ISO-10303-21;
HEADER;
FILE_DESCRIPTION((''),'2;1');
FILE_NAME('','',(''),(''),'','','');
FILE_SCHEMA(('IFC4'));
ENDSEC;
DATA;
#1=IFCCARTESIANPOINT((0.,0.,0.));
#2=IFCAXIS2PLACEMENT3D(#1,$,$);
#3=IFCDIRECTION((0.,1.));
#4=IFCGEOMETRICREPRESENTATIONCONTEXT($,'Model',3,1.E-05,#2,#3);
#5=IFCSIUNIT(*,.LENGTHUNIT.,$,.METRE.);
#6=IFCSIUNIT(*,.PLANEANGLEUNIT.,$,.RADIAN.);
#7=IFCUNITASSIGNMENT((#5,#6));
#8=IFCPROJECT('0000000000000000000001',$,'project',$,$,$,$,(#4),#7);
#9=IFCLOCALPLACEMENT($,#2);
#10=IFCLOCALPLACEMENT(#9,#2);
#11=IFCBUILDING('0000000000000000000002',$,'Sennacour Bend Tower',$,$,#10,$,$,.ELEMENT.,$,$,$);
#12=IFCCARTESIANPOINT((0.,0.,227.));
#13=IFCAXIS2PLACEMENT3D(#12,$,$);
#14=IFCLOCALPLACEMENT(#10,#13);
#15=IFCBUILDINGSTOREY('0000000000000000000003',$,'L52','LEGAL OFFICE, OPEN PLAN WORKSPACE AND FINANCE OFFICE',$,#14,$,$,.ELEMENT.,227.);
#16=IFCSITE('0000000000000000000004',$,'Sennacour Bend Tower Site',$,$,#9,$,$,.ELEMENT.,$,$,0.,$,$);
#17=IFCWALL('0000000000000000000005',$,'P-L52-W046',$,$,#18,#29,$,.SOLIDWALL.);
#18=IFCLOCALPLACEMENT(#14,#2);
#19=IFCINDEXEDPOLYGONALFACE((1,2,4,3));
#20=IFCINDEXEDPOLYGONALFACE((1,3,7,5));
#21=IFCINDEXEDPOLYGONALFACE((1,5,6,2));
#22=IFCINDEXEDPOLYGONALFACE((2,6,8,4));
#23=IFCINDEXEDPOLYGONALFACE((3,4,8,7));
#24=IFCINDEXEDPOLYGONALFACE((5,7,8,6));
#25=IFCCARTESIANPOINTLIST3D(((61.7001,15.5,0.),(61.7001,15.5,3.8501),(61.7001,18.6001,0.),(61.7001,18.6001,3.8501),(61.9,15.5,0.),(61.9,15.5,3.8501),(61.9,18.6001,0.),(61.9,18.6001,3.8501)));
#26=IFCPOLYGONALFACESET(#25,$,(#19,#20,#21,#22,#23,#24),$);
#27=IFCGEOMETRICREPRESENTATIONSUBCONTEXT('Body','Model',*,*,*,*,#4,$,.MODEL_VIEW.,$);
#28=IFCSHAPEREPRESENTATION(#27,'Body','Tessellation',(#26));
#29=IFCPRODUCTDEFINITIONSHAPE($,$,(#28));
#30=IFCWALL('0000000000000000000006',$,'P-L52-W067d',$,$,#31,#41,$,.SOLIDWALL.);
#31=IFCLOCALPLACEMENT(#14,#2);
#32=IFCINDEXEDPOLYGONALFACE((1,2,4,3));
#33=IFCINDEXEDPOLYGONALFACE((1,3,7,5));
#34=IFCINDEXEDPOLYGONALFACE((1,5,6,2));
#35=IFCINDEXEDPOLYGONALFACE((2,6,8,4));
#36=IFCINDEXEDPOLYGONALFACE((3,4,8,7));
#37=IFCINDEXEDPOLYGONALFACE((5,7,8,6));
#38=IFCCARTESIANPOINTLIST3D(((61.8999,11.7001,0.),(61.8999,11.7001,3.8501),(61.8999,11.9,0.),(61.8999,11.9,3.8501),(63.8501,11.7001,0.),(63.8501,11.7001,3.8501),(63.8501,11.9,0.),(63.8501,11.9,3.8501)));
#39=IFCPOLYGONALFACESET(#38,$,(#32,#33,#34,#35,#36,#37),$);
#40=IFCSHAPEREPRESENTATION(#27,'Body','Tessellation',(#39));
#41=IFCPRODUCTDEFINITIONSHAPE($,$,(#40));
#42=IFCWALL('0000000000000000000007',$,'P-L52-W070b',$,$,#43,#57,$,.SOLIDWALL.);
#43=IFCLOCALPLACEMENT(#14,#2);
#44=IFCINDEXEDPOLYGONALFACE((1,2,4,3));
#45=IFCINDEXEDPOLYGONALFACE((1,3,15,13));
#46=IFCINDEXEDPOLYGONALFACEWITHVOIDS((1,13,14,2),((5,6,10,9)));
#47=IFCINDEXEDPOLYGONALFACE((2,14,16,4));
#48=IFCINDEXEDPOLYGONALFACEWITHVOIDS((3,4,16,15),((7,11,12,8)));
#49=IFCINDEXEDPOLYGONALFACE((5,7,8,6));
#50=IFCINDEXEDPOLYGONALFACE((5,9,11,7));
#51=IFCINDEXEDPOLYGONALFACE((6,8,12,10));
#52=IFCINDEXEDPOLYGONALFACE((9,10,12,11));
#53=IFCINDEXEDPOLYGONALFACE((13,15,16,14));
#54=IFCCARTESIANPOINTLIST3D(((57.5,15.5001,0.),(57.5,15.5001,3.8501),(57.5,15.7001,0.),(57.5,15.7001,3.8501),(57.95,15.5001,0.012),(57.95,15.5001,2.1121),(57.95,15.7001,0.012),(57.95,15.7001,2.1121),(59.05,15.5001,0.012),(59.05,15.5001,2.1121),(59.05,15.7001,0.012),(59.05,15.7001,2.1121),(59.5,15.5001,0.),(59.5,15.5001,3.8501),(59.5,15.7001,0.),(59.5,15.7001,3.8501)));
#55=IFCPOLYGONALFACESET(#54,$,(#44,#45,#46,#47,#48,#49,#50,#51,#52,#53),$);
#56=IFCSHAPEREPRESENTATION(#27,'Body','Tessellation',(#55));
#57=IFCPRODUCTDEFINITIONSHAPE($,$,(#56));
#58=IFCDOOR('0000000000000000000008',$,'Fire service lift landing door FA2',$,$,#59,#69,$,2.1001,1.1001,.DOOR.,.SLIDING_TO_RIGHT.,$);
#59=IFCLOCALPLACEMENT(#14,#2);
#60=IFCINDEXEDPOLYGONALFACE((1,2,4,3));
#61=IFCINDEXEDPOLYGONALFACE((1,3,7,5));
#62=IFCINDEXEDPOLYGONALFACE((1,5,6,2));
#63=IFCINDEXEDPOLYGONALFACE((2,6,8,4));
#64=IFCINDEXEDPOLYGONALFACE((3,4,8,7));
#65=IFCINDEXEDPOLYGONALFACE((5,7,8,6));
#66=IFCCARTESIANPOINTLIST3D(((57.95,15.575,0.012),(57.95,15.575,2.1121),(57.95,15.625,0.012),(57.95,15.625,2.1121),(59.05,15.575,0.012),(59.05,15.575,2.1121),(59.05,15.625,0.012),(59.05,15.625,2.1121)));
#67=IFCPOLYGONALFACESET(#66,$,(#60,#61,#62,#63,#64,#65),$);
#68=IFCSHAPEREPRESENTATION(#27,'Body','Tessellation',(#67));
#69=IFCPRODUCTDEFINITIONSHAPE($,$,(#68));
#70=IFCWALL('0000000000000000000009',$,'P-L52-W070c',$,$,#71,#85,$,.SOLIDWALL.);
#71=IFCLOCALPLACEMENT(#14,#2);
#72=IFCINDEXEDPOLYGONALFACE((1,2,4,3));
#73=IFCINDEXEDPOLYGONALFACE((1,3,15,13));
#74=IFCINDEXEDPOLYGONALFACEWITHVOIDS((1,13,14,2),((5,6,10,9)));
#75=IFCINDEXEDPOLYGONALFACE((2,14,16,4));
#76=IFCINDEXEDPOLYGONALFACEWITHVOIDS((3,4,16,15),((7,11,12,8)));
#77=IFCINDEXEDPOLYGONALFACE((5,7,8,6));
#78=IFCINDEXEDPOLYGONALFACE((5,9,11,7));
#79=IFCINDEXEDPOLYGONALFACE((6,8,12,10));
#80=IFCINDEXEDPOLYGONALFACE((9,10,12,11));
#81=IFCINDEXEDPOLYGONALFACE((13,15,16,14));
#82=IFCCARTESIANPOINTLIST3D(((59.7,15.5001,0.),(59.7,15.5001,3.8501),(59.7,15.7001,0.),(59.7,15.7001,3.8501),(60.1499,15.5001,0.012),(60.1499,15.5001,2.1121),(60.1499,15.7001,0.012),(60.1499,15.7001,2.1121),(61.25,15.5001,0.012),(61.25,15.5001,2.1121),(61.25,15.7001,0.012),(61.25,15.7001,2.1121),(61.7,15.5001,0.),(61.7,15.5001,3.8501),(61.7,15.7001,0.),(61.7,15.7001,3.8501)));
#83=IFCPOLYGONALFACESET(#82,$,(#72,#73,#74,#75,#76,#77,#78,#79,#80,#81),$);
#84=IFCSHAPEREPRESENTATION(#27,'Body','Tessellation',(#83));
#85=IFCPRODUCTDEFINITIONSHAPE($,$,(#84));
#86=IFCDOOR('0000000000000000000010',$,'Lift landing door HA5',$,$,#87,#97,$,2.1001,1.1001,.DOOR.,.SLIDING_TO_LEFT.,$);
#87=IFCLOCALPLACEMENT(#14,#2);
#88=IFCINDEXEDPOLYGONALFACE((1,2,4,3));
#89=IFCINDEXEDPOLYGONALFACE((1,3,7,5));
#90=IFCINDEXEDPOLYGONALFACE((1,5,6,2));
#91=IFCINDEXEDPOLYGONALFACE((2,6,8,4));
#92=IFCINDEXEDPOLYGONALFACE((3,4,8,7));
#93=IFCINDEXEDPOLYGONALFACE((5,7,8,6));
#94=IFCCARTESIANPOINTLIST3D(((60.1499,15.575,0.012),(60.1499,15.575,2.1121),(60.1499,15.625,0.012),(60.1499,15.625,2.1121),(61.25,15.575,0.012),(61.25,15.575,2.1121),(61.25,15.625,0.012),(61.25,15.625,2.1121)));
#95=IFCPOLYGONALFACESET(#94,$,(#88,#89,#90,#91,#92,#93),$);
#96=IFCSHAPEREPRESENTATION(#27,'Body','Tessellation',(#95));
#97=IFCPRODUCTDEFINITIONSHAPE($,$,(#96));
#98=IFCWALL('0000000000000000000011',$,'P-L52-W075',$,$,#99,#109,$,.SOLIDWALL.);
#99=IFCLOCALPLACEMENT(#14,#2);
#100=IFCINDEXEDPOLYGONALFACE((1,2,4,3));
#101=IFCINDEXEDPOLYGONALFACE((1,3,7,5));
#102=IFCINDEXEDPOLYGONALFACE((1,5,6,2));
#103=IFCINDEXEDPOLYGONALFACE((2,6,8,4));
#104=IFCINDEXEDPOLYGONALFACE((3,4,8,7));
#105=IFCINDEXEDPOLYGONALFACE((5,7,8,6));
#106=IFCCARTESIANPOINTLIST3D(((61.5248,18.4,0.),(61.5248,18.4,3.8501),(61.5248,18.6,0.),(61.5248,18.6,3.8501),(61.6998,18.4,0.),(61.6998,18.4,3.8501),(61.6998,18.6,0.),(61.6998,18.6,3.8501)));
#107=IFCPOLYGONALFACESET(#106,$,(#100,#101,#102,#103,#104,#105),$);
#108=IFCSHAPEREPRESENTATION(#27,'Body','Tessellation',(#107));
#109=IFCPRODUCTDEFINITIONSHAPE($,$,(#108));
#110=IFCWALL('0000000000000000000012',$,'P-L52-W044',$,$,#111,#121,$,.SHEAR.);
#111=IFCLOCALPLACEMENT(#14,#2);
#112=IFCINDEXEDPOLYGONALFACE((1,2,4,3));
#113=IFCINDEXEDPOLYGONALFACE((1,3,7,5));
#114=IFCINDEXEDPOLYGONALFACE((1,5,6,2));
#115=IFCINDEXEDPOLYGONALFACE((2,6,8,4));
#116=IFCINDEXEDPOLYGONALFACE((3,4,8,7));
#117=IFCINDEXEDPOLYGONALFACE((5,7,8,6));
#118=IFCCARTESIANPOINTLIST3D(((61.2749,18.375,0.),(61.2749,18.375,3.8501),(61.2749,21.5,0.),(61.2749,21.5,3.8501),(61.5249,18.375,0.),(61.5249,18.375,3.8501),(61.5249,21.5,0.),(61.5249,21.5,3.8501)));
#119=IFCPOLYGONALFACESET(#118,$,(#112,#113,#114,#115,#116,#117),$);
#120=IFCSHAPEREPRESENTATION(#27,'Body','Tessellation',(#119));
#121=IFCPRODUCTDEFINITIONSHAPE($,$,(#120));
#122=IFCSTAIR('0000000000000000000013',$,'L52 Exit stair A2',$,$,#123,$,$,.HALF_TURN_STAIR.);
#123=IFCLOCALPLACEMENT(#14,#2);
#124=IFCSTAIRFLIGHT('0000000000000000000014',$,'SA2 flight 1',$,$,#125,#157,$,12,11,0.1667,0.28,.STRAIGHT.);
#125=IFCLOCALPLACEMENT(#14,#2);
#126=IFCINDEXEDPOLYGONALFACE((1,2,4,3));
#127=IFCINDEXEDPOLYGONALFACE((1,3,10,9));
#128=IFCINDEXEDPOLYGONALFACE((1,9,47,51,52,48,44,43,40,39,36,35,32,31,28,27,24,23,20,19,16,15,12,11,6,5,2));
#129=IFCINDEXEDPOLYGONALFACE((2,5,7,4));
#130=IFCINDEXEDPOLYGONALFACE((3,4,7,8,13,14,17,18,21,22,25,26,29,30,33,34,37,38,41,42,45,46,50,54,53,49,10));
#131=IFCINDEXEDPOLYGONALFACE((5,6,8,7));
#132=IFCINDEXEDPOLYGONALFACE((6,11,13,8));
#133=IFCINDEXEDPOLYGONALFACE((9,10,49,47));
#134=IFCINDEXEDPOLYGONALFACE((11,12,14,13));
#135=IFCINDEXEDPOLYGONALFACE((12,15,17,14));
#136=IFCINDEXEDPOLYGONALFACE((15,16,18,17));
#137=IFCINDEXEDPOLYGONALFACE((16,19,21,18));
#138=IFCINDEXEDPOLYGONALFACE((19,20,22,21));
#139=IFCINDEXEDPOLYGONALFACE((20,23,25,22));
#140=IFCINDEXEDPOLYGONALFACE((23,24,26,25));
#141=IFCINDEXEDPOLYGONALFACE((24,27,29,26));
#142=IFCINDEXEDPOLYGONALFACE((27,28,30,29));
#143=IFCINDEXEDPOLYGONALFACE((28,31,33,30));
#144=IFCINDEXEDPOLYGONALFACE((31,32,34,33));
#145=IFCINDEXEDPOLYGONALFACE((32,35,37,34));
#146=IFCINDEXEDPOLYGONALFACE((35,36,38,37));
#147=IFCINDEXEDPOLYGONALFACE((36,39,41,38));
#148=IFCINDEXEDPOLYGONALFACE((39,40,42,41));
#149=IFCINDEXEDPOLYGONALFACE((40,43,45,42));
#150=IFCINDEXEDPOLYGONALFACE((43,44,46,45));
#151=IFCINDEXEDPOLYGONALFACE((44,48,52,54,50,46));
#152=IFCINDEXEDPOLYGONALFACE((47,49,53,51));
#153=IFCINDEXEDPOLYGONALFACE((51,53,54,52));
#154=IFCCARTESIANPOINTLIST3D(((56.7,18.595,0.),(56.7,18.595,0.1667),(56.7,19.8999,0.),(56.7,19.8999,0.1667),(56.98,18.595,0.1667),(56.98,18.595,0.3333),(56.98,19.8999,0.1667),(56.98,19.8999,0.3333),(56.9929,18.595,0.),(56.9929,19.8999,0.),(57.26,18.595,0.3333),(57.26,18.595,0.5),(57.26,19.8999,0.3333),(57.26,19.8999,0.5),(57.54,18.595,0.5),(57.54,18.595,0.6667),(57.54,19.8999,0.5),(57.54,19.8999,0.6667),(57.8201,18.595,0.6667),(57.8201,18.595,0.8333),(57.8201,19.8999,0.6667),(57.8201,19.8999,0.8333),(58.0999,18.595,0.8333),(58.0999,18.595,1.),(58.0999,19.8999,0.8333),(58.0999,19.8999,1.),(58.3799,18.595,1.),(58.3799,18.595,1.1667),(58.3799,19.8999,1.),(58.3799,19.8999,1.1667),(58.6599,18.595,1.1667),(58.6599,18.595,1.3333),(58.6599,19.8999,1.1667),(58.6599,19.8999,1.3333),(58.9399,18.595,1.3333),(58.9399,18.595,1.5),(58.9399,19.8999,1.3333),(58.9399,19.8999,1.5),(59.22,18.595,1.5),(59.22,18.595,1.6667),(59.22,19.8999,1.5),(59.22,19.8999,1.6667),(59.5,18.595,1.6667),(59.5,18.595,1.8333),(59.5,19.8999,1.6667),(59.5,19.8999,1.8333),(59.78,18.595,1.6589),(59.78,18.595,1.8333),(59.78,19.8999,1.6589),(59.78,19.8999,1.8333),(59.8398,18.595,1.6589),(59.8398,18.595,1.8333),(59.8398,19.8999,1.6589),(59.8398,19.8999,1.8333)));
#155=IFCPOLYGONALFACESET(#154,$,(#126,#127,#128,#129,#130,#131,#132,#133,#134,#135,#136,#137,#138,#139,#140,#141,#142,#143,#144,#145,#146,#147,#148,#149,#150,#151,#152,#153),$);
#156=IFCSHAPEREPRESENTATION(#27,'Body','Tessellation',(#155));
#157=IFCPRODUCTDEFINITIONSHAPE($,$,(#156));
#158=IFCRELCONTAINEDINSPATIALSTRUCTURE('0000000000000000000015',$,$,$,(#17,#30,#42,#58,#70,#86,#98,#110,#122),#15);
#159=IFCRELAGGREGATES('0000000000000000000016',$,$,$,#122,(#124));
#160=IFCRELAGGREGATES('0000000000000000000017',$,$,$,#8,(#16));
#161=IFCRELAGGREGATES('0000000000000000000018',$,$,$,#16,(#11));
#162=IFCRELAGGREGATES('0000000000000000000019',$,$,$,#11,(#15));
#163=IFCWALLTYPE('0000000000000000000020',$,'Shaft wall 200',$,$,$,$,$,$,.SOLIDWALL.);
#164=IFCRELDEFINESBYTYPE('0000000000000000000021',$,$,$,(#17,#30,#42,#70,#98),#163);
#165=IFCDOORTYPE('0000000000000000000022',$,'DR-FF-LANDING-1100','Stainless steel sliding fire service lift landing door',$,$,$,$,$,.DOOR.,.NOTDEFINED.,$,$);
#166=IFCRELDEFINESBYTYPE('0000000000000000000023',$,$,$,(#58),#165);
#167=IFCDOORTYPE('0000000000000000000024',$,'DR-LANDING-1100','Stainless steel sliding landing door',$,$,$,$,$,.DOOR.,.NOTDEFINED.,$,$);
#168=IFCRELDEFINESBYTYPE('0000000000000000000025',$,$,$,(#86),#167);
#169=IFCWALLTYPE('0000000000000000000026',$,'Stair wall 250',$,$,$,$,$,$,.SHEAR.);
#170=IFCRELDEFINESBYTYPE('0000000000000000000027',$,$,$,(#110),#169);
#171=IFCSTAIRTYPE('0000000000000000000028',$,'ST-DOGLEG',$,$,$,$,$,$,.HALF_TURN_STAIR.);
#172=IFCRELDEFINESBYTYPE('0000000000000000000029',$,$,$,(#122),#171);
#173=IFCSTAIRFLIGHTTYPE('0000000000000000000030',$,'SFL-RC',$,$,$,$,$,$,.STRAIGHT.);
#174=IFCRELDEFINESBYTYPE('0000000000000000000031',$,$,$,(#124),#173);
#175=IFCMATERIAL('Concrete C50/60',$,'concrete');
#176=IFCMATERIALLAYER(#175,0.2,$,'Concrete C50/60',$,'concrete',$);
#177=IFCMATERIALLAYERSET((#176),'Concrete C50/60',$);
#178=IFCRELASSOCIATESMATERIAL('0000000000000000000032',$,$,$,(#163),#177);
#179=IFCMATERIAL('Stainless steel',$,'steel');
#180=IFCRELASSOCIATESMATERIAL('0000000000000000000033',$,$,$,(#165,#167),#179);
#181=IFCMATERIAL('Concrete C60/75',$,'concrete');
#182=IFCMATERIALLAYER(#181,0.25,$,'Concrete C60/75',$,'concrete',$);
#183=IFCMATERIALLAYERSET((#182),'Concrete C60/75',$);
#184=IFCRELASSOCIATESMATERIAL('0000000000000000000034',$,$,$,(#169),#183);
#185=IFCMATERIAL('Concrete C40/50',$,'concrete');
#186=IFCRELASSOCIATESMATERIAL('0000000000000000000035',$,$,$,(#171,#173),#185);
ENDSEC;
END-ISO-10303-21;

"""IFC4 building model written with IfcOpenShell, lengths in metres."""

from ifc_helpers import new_model, si_unit, direction, frame, frame_2d, origin, place, context, subcontext, project, spatial, polyline, rectangle, outline, extrude, material, layer, layer_set, type_object, element, fill, aggregate, save


model = new_model("IFC4")

# Units and contexts
model_context = context("Model", 3, precision=1e-05, world=origin(), true_north=direction((0.0, 1.0)))
body_context = subcontext(model_context, "Body", "Model", "MODEL_VIEW")
ifc_project = project(units=[si_unit("LENGTHUNIT", "METRE"), si_unit("PLANEANGLEUNIT", "RADIAN")], contexts=[model_context])

# Site, building, storey
site_placement = place(None, origin())
site = spatial("IfcSite", under=ifc_project, at=site_placement, Name="Sennacour Bend Tower Site", CompositionType="ELEMENT", RefElevation=0.0)
building_placement = place(site_placement, origin())
building = spatial("IfcBuilding", under=site, at=building_placement, Name="Sennacour Bend Tower", CompositionType="ELEMENT")
storey_placement = place(building_placement, frame((0.0, 0.0, 227.0)))
storey = spatial("IfcBuildingStorey", under=building, at=storey_placement, Name="L52", Description="LEGAL OFFICE, OPEN PLAN WORKSPACE AND FINANCE OFFICE", CompositionType="ELEMENT", Elevation=227.0)

# Walls
ifc_material_1 = material(Name="Concrete C50/60", Category="concrete")
ifc_layer_1 = layer(ifc_material_1, 0.2, Name="Concrete C50/60", Category="concrete")
ifc_layer_set_1 = layer_set([ifc_layer_1], Name="Concrete C50/60")
wall_type_1 = type_object("IfcWallType", Name="Shaft wall 200", PredefinedType="SOLIDWALL", material=ifc_layer_set_1)
wall_1_placement = place(storey_placement, frame((61.8, 15.5, 0.0), z_axis=(0.0, 0.0, 1.0), x_axis=(0.0, 1.0, 0.0)))
element("IfcWall", 1, at=wall_1_placement, inside=storey, type_object=wall_type_1, Name="P-L52-W046", PredefinedType="SOLIDWALL", context=body_context, shape_type="SweptSolid", body=[
    extrude(rectangle(XDim=3.1001, YDim=0.2, at=frame_2d((1.55, 0.0))), origin(), (0.0, 0.0, 1.0), 3.8501),
])
wall_2_placement = place(storey_placement, frame((61.8999, 11.8, 0.0), z_axis=(0.0, 0.0, 1.0), x_axis=(1.0, 0.0, 0.0)))
element("IfcWall", 2, at=wall_2_placement, inside=storey, type_object=wall_type_1, Name="P-L52-W067d", PredefinedType="SOLIDWALL", context=body_context, shape_type="SweptSolid", body=[
    extrude(rectangle(XDim=1.9502, YDim=0.2, at=frame_2d((0.9751, 0.0))), origin(), (0.0, 0.0, 1.0), 3.8501),
])

# Walls, openings, doors
wall_3_placement = place(storey_placement, frame((57.5, 15.6001, 0.0), z_axis=(0.0, 0.0, 1.0), x_axis=(1.0, 0.0, 0.0)))
wall_3 = element("IfcWall", 3, at=wall_3_placement, inside=storey, type_object=wall_type_1, Name="P-L52-W070b", PredefinedType="SOLIDWALL", context=body_context, shape_type="SweptSolid", body=[
    extrude(rectangle(XDim=2.0, YDim=0.2, at=frame_2d((1.0, 0.0))), origin(), (0.0, 0.0, 1.0), 3.8501),
])
opening_1_placement = place(wall_3_placement, frame((0.45, 0.0, 0.012)))
opening_1 = element("IfcOpeningElement", 4, at=opening_1_placement, cuts=wall_3, PredefinedType="OPENING", context=body_context, shape_type="SweptSolid", body=[
    extrude(rectangle(XDim=1.1001, YDim=2.1001, at=frame_2d((0.55, 1.05))), frame((0.0, 0.1099, 0.0), z_axis=(0.0, -1.0, 0.0), x_axis=(1.0, 0.0, 0.0)), (0.0, 0.0, 1.0), 0.22),
])
ifc_material_2 = material(Name="Stainless steel", Category="steel")
door_type_1 = type_object("IfcDoorType", Name="DR-FF-LANDING-1100", Description="Stainless steel sliding fire service lift landing door", OperationType="NOTDEFINED", PredefinedType="DOOR", material=ifc_material_2)
door_1_placement = place(opening_1_placement, origin())
door_1 = element("IfcDoor", 5, at=door_1_placement, inside=storey, type_object=door_type_1, Name="Fire service lift landing door FA2", OperationType="SLIDING_TO_RIGHT", OverallHeight=2.1001, OverallWidth=1.1001, PredefinedType="DOOR", context=body_context, shape_type="SweptSolid", body=[
    extrude(rectangle(XDim=1.1001, YDim=2.1001, at=frame_2d((0.55, 1.05))), frame((0.0, 0.0249, 0.0), z_axis=(0.0, -1.0, 0.0), x_axis=(1.0, 0.0, 0.0)), (0.0, 0.0, 1.0), 0.05),
])
fill(opening_1, door_1)
wall_4_placement = place(storey_placement, frame((59.7, 15.6001, 0.0), z_axis=(0.0, 0.0, 1.0), x_axis=(1.0, 0.0, 0.0)))
wall_4 = element("IfcWall", 6, at=wall_4_placement, inside=storey, type_object=wall_type_1, Name="P-L52-W070c", PredefinedType="SOLIDWALL", context=body_context, shape_type="SweptSolid", body=[
    extrude(rectangle(XDim=2.0, YDim=0.2, at=frame_2d((1.0, 0.0))), origin(), (0.0, 0.0, 1.0), 3.8501),
])
opening_2_placement = place(wall_4_placement, frame((0.45, 0.0, 0.012)))
opening_2 = element("IfcOpeningElement", 7, at=opening_2_placement, cuts=wall_4, PredefinedType="OPENING", context=body_context, shape_type="SweptSolid", body=[
    extrude(rectangle(XDim=1.1001, YDim=2.1001, at=frame_2d((0.55, 1.05))), frame((0.0, 0.1099, 0.0), z_axis=(0.0, -1.0, 0.0), x_axis=(1.0, 0.0, 0.0)), (0.0, 0.0, 1.0), 0.22),
])
door_type_2 = type_object("IfcDoorType", Name="DR-LANDING-1100", Description="Stainless steel sliding landing door", OperationType="NOTDEFINED", PredefinedType="DOOR", material=ifc_material_2)
door_2_placement = place(opening_2_placement, origin())
door_2 = element("IfcDoor", 8, at=door_2_placement, inside=storey, type_object=door_type_2, Name="Lift landing door HA5", OperationType="SLIDING_TO_LEFT", OverallHeight=2.1001, OverallWidth=1.1001, PredefinedType="DOOR", context=body_context, shape_type="SweptSolid", body=[
    extrude(rectangle(XDim=1.1001, YDim=2.1001, at=frame_2d((0.55, 1.05))), frame((0.0, 0.0249, 0.0), z_axis=(0.0, -1.0, 0.0), x_axis=(1.0, 0.0, 0.0)), (0.0, 0.0, 1.0), 0.05),
])
fill(opening_2, door_2)

# Walls
wall_5_placement = place(storey_placement, frame((61.5249, 18.5, 0.0), z_axis=(0.0, 0.0, 1.0), x_axis=(1.0, 0.0, 0.0)))
element("IfcWall", 9, at=wall_5_placement, inside=storey, type_object=wall_type_1, Name="P-L52-W075", PredefinedType="SOLIDWALL", context=body_context, shape_type="SweptSolid", body=[
    extrude(rectangle(XDim=0.175, YDim=0.2, at=frame_2d((0.0874, 0.0))), origin(), (0.0, 0.0, 1.0), 3.8501),
])
ifc_material_3 = material(Name="Concrete C60/75", Category="concrete")
ifc_layer_2 = layer(ifc_material_3, 0.25, Name="Concrete C60/75", Category="concrete")
ifc_layer_set_2 = layer_set([ifc_layer_2], Name="Concrete C60/75")
wall_type_2 = type_object("IfcWallType", Name="Stair wall 250", PredefinedType="SHEAR", material=ifc_layer_set_2)
wall_6_placement = place(storey_placement, frame((61.3999, 18.375, 0.0), z_axis=(0.0, 0.0, 1.0), x_axis=(0.0, 1.0, 0.0)))
element("IfcWall", 10, at=wall_6_placement, inside=storey, type_object=wall_type_2, Name="P-L52-W044", PredefinedType="SHEAR", context=body_context, shape_type="SweptSolid", body=[
    extrude(rectangle(XDim=3.125, YDim=0.25, at=frame_2d((1.5625, 0.0))), origin(), (0.0, 0.0, 1.0), 3.8501),
])

# Stair, stair flight
ifc_material_4 = material(Name="Concrete C40/50", Category="concrete")
stair_type = type_object("IfcStairType", Name="ST-DOGLEG", PredefinedType="HALF_TURN_STAIR", material=ifc_material_4)
stair_placement = place(storey_placement, origin())
stair = element("IfcStair", 11, at=stair_placement, inside=storey, type_object=stair_type, Name="L52 Exit stair A2", PredefinedType="HALF_TURN_STAIR")
stair_flight_type = type_object("IfcStairFlightType", Name="SFL-RC", PredefinedType="STRAIGHT", material=ifc_material_4)
stair_flight_1_placement = place(storey_placement, frame((56.7, 19.2476, 0.0), z_axis=(0.0, 0.0, 1.0), x_axis=(1.0, 0.0, 0.0)))
stair_flight_1 = element("IfcStairFlight", 12, at=stair_flight_1_placement, type_object=stair_flight_type, Name="SA2 flight 1", NumberOfRisers=12, NumberOfTreads=11, PredefinedType="STRAIGHT", RiserHeight=0.1667, TreadLength=0.28, context=body_context, shape_type="SweptSolid", body=[
    extrude(outline(polyline([(0.0, 0.0), (0.0, 0.1667), (0.28, 0.1667), (0.28, 0.3333), (0.5601, 0.3333), (0.5601, 0.5), (0.8401, 0.5), (0.8401, 0.6667), (1.1201, 0.6667), (1.1201, 0.8333), (1.3999, 0.8333), (1.3999, 1.0), (1.6799, 1.0), (1.6799, 1.1667), (1.96, 1.1667), (1.96, 1.3333), (2.24, 1.3333), (2.24, 1.5), (2.52, 1.5), (2.52, 1.6667), (2.8, 1.6667), (2.8, 1.8333), (3.0801, 1.8333), (3.1399, 1.8333), (3.1399, 1.6589), (3.0801, 1.6589), (0.293, 0.0), (0.0, 0.0)])), frame((0.0, 0.6523, 0.0), z_axis=(0.0, -1.0, 0.0), x_axis=(1.0, 0.0, 0.0)), (0.0, 0.0, 1.0), 1.3049),
])
aggregate(stair, [stair_flight_1])

save(model, "model.ifc")
